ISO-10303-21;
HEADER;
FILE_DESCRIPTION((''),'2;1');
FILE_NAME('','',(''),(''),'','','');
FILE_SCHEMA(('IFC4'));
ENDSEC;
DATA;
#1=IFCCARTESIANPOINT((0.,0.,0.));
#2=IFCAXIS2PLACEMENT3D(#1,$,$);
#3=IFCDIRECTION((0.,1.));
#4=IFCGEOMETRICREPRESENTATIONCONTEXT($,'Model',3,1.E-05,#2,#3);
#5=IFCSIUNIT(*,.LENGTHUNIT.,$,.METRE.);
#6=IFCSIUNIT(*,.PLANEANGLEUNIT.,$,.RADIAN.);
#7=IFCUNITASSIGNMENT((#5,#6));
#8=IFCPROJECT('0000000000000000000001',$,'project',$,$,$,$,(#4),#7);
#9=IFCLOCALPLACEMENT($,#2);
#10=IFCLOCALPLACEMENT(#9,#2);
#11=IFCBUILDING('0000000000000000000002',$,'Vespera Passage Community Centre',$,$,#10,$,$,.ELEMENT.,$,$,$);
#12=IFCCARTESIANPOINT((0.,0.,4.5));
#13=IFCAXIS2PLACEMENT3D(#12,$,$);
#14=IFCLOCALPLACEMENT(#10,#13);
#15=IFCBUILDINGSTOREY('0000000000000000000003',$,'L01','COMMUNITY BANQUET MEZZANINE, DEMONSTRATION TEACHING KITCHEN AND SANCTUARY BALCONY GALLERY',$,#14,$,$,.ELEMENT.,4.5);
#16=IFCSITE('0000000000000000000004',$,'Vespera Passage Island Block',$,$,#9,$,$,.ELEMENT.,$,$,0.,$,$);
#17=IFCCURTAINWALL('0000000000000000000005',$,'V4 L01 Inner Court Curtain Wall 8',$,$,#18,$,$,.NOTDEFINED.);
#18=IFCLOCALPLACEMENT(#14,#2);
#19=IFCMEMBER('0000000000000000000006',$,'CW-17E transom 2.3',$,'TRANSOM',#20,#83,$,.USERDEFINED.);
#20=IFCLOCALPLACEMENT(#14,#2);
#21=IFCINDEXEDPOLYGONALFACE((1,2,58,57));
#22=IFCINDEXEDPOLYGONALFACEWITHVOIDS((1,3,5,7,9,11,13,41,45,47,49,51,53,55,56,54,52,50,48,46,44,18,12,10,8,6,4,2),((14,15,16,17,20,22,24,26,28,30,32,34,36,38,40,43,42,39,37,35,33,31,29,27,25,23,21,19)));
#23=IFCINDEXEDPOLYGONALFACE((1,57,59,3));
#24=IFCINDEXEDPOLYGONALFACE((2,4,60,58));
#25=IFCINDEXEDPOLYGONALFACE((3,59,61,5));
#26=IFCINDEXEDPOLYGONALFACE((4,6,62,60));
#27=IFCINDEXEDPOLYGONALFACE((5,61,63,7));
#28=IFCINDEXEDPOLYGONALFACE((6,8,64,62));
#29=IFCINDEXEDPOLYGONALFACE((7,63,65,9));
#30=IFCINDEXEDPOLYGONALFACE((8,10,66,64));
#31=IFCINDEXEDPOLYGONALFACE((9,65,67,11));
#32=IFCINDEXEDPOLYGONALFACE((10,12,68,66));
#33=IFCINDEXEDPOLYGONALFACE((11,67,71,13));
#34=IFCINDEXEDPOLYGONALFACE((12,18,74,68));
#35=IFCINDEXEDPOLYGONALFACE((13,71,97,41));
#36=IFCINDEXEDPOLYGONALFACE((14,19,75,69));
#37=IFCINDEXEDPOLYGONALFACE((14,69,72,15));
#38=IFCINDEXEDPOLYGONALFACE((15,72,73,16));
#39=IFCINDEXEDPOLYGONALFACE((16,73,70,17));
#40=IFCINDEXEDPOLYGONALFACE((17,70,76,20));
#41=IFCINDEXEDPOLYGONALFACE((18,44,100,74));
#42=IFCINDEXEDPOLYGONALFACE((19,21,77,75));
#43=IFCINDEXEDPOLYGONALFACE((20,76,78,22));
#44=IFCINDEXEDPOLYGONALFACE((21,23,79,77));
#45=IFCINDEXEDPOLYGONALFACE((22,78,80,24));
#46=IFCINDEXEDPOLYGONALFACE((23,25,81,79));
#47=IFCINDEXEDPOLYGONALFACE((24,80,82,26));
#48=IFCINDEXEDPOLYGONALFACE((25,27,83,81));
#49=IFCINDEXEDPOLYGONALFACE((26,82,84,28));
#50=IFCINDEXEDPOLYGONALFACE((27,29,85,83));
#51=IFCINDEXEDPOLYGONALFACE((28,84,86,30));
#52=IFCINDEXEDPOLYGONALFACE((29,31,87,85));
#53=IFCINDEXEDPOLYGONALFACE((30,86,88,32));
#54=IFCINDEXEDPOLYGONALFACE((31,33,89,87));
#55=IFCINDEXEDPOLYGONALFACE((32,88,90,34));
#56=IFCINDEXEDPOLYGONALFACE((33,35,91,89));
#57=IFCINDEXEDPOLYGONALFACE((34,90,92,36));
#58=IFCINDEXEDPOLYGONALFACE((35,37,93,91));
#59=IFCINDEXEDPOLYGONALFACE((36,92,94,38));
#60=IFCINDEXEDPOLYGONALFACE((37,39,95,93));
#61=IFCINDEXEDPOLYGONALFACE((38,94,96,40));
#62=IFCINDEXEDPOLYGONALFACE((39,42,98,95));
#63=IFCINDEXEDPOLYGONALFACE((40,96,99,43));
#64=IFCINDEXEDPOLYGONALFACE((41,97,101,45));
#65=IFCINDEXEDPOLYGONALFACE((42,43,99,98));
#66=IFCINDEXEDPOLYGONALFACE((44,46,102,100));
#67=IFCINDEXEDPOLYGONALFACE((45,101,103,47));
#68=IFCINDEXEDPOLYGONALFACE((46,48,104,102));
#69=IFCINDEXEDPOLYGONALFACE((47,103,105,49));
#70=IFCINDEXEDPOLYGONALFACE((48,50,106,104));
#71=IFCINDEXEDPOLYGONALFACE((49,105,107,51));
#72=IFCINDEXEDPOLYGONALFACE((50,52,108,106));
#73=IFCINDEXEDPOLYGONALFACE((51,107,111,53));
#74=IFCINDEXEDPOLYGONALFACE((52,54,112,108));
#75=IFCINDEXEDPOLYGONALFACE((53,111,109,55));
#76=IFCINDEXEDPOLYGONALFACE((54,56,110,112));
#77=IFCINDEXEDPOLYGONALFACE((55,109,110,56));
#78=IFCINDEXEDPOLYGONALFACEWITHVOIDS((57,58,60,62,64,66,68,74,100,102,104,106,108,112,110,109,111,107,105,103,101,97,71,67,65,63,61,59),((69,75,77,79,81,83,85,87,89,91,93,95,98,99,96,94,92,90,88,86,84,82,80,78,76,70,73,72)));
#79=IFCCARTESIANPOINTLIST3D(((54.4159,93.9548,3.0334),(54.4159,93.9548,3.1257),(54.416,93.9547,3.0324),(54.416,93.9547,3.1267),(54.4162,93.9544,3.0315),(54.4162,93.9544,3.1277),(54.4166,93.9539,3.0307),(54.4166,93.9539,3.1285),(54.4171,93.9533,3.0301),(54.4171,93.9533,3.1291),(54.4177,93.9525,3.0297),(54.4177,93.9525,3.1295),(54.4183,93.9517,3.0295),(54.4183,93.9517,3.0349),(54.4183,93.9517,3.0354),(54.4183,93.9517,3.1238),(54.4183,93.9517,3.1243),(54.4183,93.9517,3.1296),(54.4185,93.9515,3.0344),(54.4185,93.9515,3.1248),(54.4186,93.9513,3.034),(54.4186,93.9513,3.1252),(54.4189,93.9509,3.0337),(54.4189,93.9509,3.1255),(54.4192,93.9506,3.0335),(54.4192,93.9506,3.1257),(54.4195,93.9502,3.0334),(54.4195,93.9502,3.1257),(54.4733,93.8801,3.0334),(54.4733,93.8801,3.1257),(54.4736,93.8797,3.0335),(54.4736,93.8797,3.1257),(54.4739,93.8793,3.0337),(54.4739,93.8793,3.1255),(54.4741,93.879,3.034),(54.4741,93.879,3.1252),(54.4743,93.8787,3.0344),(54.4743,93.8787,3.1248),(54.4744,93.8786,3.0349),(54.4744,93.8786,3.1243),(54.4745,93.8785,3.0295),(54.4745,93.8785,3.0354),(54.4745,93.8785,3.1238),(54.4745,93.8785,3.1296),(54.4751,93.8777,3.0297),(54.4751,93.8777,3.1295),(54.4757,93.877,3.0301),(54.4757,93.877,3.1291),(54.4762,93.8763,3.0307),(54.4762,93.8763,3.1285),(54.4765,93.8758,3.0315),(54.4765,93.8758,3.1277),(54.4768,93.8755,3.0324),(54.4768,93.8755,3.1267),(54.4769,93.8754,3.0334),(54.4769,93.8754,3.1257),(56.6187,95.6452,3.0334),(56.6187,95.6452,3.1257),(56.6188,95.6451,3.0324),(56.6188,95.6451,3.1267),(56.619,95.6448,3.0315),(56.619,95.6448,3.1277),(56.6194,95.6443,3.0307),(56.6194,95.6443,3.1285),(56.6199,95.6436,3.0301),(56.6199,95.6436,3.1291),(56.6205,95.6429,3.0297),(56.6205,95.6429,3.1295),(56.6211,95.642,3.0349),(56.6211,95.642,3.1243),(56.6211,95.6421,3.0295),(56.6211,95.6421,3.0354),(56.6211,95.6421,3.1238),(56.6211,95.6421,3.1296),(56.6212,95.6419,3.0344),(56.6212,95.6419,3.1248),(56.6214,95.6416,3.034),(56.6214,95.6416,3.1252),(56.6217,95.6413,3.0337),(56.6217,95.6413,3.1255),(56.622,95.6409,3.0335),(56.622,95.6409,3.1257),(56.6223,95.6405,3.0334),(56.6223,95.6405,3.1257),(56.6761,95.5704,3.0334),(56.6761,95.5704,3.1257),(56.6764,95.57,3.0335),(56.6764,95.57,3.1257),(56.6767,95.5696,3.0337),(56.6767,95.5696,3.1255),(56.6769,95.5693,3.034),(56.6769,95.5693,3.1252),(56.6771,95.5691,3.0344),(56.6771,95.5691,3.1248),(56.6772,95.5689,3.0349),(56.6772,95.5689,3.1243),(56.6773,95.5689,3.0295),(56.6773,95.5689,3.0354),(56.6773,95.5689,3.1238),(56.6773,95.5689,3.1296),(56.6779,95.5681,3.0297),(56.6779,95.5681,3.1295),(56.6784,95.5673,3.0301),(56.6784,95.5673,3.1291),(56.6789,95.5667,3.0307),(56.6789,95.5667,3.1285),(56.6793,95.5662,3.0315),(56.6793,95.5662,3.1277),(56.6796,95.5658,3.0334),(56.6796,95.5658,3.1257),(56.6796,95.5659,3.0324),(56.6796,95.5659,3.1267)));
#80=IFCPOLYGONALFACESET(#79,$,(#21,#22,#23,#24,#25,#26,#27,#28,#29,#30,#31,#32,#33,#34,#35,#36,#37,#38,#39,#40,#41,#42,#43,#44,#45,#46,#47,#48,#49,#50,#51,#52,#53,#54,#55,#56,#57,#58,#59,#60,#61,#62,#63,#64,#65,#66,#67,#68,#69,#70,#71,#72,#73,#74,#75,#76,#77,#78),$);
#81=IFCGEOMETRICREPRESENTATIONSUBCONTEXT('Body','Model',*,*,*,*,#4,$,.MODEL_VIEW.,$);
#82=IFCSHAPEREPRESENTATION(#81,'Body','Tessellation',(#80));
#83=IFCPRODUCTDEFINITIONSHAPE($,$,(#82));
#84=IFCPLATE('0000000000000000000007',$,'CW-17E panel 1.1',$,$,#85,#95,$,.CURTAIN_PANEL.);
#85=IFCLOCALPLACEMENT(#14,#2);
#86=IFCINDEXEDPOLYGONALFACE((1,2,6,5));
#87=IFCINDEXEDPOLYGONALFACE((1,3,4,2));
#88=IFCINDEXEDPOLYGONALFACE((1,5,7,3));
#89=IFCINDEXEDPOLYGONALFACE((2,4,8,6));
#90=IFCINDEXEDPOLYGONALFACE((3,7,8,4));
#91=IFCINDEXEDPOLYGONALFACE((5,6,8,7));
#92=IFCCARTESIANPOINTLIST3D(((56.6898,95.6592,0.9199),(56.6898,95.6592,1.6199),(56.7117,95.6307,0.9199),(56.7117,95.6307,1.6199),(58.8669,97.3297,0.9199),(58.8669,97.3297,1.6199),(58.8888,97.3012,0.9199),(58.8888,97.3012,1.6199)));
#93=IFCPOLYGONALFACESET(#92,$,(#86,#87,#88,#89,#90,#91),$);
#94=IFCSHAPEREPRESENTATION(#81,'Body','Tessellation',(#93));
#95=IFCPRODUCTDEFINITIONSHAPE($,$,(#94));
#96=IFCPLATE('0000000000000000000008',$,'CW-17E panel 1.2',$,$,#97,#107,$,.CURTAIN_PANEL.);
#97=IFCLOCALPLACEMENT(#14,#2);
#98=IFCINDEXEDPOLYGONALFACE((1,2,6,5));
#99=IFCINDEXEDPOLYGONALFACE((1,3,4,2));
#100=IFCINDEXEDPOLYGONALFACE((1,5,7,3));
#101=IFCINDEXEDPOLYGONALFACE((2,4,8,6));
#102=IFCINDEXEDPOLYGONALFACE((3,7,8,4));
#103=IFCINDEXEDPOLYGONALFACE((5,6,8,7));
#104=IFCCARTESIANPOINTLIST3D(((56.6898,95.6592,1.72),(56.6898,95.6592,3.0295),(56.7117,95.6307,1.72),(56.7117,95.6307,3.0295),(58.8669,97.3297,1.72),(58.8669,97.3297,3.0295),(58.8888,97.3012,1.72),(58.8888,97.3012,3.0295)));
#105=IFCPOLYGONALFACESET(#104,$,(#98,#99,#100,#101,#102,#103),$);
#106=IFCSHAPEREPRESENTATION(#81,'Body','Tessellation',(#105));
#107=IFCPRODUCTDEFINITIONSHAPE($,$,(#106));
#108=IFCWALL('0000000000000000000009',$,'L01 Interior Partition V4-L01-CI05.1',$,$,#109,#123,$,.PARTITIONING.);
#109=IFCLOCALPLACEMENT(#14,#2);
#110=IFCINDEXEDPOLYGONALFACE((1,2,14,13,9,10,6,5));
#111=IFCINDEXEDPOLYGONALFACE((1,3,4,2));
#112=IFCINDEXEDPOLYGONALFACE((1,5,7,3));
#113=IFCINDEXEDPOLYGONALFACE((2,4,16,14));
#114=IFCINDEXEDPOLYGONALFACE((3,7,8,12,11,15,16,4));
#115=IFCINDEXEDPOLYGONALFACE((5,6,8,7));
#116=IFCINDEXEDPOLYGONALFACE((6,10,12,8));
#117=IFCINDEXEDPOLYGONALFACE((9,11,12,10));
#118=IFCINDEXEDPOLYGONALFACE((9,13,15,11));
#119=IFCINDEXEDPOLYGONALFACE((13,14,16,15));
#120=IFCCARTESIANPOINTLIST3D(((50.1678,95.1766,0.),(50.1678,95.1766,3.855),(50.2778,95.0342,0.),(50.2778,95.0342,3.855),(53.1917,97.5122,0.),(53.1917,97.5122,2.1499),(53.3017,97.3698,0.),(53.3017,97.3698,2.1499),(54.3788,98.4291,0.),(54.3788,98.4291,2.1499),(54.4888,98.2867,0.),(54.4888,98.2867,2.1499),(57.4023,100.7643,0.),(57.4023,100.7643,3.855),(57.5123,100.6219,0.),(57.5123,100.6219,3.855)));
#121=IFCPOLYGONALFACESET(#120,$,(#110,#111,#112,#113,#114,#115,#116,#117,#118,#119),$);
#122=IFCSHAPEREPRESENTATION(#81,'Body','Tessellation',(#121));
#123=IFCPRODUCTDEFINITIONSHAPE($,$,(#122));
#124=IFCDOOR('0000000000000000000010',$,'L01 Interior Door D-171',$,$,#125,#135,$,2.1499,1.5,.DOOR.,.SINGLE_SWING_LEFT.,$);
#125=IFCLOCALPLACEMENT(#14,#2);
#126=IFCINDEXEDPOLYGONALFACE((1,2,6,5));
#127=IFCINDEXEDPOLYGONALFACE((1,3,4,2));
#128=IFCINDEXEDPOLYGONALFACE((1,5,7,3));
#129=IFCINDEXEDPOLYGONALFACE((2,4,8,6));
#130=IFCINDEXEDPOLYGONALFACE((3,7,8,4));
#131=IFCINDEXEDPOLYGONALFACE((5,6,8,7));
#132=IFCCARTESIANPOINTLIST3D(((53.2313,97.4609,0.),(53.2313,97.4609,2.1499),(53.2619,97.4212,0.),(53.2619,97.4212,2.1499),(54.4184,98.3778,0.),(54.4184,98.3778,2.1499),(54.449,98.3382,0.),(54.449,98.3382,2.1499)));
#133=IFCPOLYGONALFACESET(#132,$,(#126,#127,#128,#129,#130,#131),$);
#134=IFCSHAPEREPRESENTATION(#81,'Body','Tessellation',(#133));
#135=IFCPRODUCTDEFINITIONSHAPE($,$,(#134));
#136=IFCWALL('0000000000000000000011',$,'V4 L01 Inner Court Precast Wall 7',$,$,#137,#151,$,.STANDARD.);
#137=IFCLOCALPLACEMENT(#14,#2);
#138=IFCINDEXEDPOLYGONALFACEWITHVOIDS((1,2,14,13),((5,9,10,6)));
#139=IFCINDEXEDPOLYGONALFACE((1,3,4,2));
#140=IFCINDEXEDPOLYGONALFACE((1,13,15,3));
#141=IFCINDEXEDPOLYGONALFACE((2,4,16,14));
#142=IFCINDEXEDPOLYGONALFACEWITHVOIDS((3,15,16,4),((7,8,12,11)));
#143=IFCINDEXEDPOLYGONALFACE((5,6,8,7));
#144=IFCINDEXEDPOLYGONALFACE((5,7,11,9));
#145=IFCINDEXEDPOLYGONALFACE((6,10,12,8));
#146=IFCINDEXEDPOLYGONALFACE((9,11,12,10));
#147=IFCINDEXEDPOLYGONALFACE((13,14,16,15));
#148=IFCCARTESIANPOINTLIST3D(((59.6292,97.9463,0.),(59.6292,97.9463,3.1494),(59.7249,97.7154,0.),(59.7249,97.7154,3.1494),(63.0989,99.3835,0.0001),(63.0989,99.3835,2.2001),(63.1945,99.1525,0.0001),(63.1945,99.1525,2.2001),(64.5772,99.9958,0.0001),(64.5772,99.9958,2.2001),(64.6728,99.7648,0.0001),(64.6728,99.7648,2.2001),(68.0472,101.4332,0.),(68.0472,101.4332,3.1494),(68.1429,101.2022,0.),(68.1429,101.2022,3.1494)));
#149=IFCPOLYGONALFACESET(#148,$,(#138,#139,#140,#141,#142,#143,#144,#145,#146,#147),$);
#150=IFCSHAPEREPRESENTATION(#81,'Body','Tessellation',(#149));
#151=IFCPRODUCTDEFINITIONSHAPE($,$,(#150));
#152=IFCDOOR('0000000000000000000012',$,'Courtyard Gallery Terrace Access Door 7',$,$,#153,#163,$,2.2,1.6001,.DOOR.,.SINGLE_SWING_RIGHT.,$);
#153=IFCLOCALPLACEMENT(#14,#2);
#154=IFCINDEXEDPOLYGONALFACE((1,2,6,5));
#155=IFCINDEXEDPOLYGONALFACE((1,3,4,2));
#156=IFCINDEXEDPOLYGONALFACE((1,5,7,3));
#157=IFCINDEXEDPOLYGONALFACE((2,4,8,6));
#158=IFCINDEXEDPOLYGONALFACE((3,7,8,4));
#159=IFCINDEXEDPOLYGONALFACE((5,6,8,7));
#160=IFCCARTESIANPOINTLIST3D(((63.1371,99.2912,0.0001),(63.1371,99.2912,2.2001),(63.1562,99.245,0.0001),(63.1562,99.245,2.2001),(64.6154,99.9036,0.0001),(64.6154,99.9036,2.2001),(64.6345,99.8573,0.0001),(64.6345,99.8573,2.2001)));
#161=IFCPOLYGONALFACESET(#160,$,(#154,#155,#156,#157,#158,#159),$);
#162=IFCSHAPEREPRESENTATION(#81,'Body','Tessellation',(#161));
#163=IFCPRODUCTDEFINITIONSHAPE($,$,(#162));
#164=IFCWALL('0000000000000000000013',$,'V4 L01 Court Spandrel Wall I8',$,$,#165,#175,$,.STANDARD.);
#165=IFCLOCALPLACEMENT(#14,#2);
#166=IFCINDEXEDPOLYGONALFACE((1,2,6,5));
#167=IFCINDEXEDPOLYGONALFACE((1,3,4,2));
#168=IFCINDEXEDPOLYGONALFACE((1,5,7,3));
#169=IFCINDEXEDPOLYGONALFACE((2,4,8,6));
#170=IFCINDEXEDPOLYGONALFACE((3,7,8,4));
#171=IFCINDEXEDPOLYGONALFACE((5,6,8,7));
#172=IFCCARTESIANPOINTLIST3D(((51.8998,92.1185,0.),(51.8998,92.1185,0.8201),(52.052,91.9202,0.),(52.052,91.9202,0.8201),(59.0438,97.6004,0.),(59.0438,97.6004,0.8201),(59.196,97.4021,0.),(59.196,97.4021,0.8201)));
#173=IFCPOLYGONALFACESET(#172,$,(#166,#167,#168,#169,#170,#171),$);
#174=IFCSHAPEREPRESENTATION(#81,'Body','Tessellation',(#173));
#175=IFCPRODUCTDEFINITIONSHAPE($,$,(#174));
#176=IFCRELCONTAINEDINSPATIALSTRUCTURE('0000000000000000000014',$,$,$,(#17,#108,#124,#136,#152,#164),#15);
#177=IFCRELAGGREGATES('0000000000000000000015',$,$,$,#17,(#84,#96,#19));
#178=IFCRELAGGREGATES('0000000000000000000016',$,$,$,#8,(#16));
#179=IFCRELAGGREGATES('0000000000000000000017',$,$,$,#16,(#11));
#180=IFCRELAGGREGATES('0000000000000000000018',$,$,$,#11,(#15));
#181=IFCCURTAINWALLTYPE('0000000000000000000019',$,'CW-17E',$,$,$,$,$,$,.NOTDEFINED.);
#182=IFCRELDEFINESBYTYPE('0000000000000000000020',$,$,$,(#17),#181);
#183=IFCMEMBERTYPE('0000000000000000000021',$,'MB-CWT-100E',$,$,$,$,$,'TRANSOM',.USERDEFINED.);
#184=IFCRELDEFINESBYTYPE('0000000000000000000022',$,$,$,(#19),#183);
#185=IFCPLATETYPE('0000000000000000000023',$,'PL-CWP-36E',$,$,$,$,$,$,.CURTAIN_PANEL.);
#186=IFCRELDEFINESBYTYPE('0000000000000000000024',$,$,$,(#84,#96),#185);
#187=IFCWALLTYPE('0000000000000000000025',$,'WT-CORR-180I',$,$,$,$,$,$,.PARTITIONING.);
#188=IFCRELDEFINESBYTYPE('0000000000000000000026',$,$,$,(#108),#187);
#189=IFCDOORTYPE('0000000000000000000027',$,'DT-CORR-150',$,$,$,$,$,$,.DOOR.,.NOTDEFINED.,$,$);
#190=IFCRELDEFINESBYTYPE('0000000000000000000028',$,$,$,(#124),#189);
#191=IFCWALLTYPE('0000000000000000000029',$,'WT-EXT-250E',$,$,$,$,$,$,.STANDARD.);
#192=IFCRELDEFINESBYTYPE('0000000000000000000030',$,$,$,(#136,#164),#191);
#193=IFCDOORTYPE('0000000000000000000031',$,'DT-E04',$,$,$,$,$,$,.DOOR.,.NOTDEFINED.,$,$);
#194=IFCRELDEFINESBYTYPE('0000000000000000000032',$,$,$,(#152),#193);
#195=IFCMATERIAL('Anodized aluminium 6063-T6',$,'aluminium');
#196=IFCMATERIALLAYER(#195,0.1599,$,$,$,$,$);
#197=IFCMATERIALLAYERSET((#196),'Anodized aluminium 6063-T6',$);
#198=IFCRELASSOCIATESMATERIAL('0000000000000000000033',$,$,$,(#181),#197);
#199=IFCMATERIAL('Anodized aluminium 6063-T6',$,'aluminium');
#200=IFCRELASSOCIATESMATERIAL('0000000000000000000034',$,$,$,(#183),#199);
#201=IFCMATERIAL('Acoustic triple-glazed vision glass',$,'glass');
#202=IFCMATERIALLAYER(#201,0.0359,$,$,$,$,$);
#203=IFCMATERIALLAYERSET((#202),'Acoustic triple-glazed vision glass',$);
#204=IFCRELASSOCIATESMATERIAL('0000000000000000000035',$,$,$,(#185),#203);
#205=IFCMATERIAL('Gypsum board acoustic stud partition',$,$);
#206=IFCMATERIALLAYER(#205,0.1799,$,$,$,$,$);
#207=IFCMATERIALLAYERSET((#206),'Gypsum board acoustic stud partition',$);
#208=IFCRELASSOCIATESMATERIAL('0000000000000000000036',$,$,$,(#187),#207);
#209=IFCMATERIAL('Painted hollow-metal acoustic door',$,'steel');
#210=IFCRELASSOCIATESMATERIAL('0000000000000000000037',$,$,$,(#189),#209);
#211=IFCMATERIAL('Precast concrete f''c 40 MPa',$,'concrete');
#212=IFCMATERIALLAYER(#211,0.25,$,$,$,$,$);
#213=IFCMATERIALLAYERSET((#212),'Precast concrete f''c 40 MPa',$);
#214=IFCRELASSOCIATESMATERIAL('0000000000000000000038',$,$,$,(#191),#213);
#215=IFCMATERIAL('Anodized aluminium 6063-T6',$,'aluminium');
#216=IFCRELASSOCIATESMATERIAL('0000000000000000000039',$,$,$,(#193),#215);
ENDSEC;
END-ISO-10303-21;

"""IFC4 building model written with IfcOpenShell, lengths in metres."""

from ifc_helpers import new_model, si_unit, direction, frame, frame_2d, origin, origin_2d, place, context, subcontext, project, spatial, rectangle, hollow_rectangle, extrude, material, layer, layer_set, material_profile, profile_set, type_object, element, fill, aggregate, save


model = new_model("IFC4")

# Units and contexts
model_context = context("Model", 3, precision=1e-05, world=origin(), true_north=direction((0.0, 1.0)))
body_context = subcontext(model_context, "Body", "Model", "MODEL_VIEW")
ifc_project = project(units=[si_unit("LENGTHUNIT", "METRE"), si_unit("PLANEANGLEUNIT", "RADIAN")], contexts=[model_context])

# Site, building, storey
site_placement = place(None, origin())
site = spatial("IfcSite", under=ifc_project, at=site_placement, Name="Vespera Passage Island Block", CompositionType="ELEMENT", RefElevation=0.0)
building_placement = place(site_placement, origin())
building = spatial("IfcBuilding", under=site, at=building_placement, Name="Vespera Passage Community Centre", CompositionType="ELEMENT")
storey_placement = place(building_placement, frame((0.0, 0.0, 4.5)))
storey = spatial("IfcBuildingStorey", under=building, at=storey_placement, Name="L01", Description="COMMUNITY BANQUET MEZZANINE, DEMONSTRATION TEACHING KITCHEN AND SANCTUARY BALCONY GALLERY", CompositionType="ELEMENT", Elevation=4.5)

# Curtain wall, member, plates
ifc_material_1 = material(Name="Anodized aluminium 6063-T6", Category="aluminium")
ifc_layer_1 = layer(ifc_material_1, 0.1599)
ifc_layer_set_1 = layer_set([ifc_layer_1], Name="Anodized aluminium 6063-T6")
curtain_wall_type = type_object("IfcCurtainWallType", Name="CW-17E", PredefinedType="NOTDEFINED", material=ifc_layer_set_1)
curtain_wall_placement = place(storey_placement, origin())
curtain_wall = element("IfcCurtainWall", 1, at=curtain_wall_placement, inside=storey, type_object=curtain_wall_type, Name="V4 L01 Inner Court Curtain Wall 8", PredefinedType="NOTDEFINED")
ifc_material_2 = material(Name="Anodized aluminium 6063-T6", Category="aluminium")
ifc_material_profile_1 = material_profile(ifc_material_2, hollow_rectangle(XDim=0.1001, YDim=0.1001, WallThickness=0.0039, InnerFilletRadius=0.002, OuterFilletRadius=0.0039, at=origin_2d()), Name="ALU100X100X4")
ifc_profile_set_1 = profile_set([ifc_material_profile_1], Name="Anodized aluminium 6063-T6")
member_type_1 = type_object("IfcMemberType", Name="MB-CWT-100E", ElementType="TRANSOM", PredefinedType="USERDEFINED", material=ifc_profile_set_1)
member_1_placement = place(storey_placement, frame((56.6492, 95.6055, 3.0796), z_axis=(-0.793336, -0.608784, 0.0), x_axis=(0.608784, -0.793336, 0.0)))
member_1 = element("IfcMember", 2, at=member_1_placement, type_object=member_type_1, Name="CW-17E transom 2.3", ObjectType="TRANSOM", PredefinedType="USERDEFINED", context=body_context, shape_type="SweptSolid", body=[
    extrude(hollow_rectangle(XDim=0.1001, YDim=0.1001, WallThickness=0.0039, InnerFilletRadius=0.002, OuterFilletRadius=0.0039, at=origin_2d()), origin(), (0.0, 0.0, 1.0), 2.7766),
])
ifc_material_3 = material(Name="Acoustic triple-glazed vision glass", Category="glass")
ifc_layer_2 = layer(ifc_material_3, 0.0359)
ifc_layer_set_2 = layer_set([ifc_layer_2], Name="Acoustic triple-glazed vision glass")
plate_type = type_object("IfcPlateType", Name="PL-CWP-36E", PredefinedType="CURTAIN_PANEL", material=ifc_layer_set_2)
plate_1_placement = place(storey_placement, frame((57.7893, 96.4802, 0.9199), z_axis=(0.0, 0.0, 1.0), x_axis=(-0.793358, -0.608755, 0.0)))
plate_1 = element("IfcPlate", 3, at=plate_1_placement, type_object=plate_type, Name="CW-17E panel 1.1", PredefinedType="CURTAIN_PANEL", context=body_context, shape_type="SweptSolid", body=[
    extrude(rectangle(XDim=2.7441, YDim=0.0359, at=origin_2d()), origin(), (0.0, 0.0, 1.0), 0.7),
])
plate_2_placement = place(storey_placement, frame((57.7893, 96.4802, 1.72), z_axis=(0.0, 0.0, 1.0), x_axis=(-0.793358, -0.608755, 0.0)))
plate_2 = element("IfcPlate", 4, at=plate_2_placement, type_object=plate_type, Name="CW-17E panel 1.2", PredefinedType="CURTAIN_PANEL", context=body_context, shape_type="SweptSolid", body=[
    extrude(rectangle(XDim=2.7441, YDim=0.0359, at=origin_2d()), origin(), (0.0, 0.0, 1.0), 1.3096),
])
aggregate(curtain_wall, [plate_1, plate_2, member_1])

# Walls, openings, doors
ifc_material_4 = material(Name="Gypsum board acoustic stud partition")
ifc_layer_3 = layer(ifc_material_4, 0.1799)
ifc_layer_set_3 = layer_set([ifc_layer_3], Name="Gypsum board acoustic stud partition")
wall_type_1 = type_object("IfcWallType", Name="WT-CORR-180I", PredefinedType="PARTITIONING", material=ifc_layer_set_3)
wall_1_placement = place(storey_placement, frame((57.4573, 100.6931, 0.0), z_axis=(0.0, 0.0, 1.0), x_axis=(-0.79142, -0.611273, 0.0)))
wall_1 = element("IfcWall", 5, at=wall_1_placement, inside=storey, type_object=wall_type_1, Name="L01 Interior Partition V4-L01-CI05.1", PredefinedType="PARTITIONING", context=body_context, shape_type="SweptSolid", body=[
    extrude(rectangle(XDim=9.1411, YDim=0.1799, at=frame_2d((4.5706, 0.0))), origin(), (0.0, 0.0, 1.0), 3.855),
])
opening_1_placement = place(wall_1_placement, frame((3.8203, 0.0, 0.0)))
opening_1 = element("IfcOpeningElement", 6, at=opening_1_placement, cuts=wall_1, PredefinedType="OPENING", context=body_context, shape_type="SweptSolid", body=[
    extrude(rectangle(XDim=1.5, YDim=2.1499, at=frame_2d((0.75, 1.075))), frame((0.0, 0.0999, 0.0), z_axis=(0.0, -1.0, 0.0), x_axis=(1.0, 0.0, 0.0)), (0.0, 0.0, 1.0), 0.2),
])
ifc_material_5 = material(Name="Painted hollow-metal acoustic door", Category="steel")
door_type_1 = type_object("IfcDoorType", Name="DT-CORR-150", OperationType="NOTDEFINED", PredefinedType="DOOR", material=ifc_material_5)
door_1_placement = place(opening_1_placement, origin())
door_1 = element("IfcDoor", 7, at=door_1_placement, inside=storey, type_object=door_type_1, Name="L01 Interior Door D-171", OperationType="SINGLE_SWING_LEFT", OverallHeight=2.1499, OverallWidth=1.5, PredefinedType="DOOR", context=body_context, shape_type="SweptSolid", body=[
    extrude(rectangle(XDim=1.5, YDim=2.1499, at=frame_2d((0.75, 1.075))), frame((0.0, 0.0249, 0.0), z_axis=(0.0, -1.0, 0.0), x_axis=(1.0, 0.0, 0.0)), (0.0, 0.0, 1.0), 0.05),
])
fill(opening_1, door_1)
ifc_material_6 = material(Name="Precast concrete f'c 40 MPa", Category="concrete")
ifc_layer_4 = layer(ifc_material_6, 0.25)
ifc_layer_set_4 = layer_set([ifc_layer_4], Name="Precast concrete f'c 40 MPa")
wall_type_2 = type_object("IfcWallType", Name="WT-EXT-250E", PredefinedType="STANDARD", material=ifc_layer_set_4)
wall_2_placement = place(storey_placement, frame((68.095, 101.3176, 0.0), z_axis=(0.0, 0.0, 1.0), x_axis=(-0.92388, -0.382682, 0.0)))
wall_2 = element("IfcWall", 8, at=wall_2_placement, inside=storey, type_object=wall_type_2, Name="V4 L01 Inner Court Precast Wall 7", PredefinedType="STANDARD", context=body_context, shape_type="SweptSolid", body=[
    extrude(rectangle(XDim=9.1116, YDim=0.25, at=frame_2d((4.5557, 0.0))), origin(), (0.0, 0.0, 1.0), 3.1494),
])
opening_2_placement = place(wall_2_placement, frame((3.7559, 0.0, 0.0)))
opening_2 = element("IfcOpeningElement", 9, at=opening_2_placement, cuts=wall_2, PredefinedType="OPENING", context=body_context, shape_type="SweptSolid", body=[
    extrude(rectangle(XDim=1.6001, YDim=2.2, at=frame_2d((0.8, 1.1001))), frame((0.0, 0.135, 0.0), z_axis=(0.0, -1.0, 0.0), x_axis=(1.0, 0.0, 0.0)), (0.0, 0.0, 1.0), 0.27),
])
ifc_material_7 = material(Name="Anodized aluminium 6063-T6", Category="aluminium")
door_type_2 = type_object("IfcDoorType", Name="DT-E04", OperationType="NOTDEFINED", PredefinedType="DOOR", material=ifc_material_7)
door_2_placement = place(opening_2_placement, origin())
door_2 = element("IfcDoor", 10, at=door_2_placement, inside=storey, type_object=door_type_2, Name="Courtyard Gallery Terrace Access Door 7", OperationType="SINGLE_SWING_RIGHT", OverallHeight=2.2, OverallWidth=1.6001, PredefinedType="DOOR", context=body_context, shape_type="SweptSolid", body=[
    extrude(rectangle(XDim=1.6001, YDim=2.2, at=frame_2d((0.8, 1.1001))), frame((0.0, 0.0249, 0.0), z_axis=(0.0, -1.0, 0.0), x_axis=(1.0, 0.0, 0.0)), (0.0, 0.0, 1.0), 0.05),
])
fill(opening_2, door_2)

# Wall
wall_3_placement = place(storey_placement, frame((59.1199, 97.5012, 0.0), z_axis=(0.0, 0.0, 1.0), x_axis=(-0.793347, -0.60877, 0.0)))
element("IfcWall", 11, at=wall_3_placement, inside=storey, type_object=wall_type_2, Name="V4 L01 Court Spandrel Wall I8", PredefinedType="STANDARD", context=body_context, shape_type="SweptSolid", body=[
    extrude(rectangle(XDim=9.0049, YDim=0.25, at=frame_2d((4.5024, 0.0))), origin(), (0.0, 0.0, 1.0), 0.8201),
])

save(model, "model.ifc")
